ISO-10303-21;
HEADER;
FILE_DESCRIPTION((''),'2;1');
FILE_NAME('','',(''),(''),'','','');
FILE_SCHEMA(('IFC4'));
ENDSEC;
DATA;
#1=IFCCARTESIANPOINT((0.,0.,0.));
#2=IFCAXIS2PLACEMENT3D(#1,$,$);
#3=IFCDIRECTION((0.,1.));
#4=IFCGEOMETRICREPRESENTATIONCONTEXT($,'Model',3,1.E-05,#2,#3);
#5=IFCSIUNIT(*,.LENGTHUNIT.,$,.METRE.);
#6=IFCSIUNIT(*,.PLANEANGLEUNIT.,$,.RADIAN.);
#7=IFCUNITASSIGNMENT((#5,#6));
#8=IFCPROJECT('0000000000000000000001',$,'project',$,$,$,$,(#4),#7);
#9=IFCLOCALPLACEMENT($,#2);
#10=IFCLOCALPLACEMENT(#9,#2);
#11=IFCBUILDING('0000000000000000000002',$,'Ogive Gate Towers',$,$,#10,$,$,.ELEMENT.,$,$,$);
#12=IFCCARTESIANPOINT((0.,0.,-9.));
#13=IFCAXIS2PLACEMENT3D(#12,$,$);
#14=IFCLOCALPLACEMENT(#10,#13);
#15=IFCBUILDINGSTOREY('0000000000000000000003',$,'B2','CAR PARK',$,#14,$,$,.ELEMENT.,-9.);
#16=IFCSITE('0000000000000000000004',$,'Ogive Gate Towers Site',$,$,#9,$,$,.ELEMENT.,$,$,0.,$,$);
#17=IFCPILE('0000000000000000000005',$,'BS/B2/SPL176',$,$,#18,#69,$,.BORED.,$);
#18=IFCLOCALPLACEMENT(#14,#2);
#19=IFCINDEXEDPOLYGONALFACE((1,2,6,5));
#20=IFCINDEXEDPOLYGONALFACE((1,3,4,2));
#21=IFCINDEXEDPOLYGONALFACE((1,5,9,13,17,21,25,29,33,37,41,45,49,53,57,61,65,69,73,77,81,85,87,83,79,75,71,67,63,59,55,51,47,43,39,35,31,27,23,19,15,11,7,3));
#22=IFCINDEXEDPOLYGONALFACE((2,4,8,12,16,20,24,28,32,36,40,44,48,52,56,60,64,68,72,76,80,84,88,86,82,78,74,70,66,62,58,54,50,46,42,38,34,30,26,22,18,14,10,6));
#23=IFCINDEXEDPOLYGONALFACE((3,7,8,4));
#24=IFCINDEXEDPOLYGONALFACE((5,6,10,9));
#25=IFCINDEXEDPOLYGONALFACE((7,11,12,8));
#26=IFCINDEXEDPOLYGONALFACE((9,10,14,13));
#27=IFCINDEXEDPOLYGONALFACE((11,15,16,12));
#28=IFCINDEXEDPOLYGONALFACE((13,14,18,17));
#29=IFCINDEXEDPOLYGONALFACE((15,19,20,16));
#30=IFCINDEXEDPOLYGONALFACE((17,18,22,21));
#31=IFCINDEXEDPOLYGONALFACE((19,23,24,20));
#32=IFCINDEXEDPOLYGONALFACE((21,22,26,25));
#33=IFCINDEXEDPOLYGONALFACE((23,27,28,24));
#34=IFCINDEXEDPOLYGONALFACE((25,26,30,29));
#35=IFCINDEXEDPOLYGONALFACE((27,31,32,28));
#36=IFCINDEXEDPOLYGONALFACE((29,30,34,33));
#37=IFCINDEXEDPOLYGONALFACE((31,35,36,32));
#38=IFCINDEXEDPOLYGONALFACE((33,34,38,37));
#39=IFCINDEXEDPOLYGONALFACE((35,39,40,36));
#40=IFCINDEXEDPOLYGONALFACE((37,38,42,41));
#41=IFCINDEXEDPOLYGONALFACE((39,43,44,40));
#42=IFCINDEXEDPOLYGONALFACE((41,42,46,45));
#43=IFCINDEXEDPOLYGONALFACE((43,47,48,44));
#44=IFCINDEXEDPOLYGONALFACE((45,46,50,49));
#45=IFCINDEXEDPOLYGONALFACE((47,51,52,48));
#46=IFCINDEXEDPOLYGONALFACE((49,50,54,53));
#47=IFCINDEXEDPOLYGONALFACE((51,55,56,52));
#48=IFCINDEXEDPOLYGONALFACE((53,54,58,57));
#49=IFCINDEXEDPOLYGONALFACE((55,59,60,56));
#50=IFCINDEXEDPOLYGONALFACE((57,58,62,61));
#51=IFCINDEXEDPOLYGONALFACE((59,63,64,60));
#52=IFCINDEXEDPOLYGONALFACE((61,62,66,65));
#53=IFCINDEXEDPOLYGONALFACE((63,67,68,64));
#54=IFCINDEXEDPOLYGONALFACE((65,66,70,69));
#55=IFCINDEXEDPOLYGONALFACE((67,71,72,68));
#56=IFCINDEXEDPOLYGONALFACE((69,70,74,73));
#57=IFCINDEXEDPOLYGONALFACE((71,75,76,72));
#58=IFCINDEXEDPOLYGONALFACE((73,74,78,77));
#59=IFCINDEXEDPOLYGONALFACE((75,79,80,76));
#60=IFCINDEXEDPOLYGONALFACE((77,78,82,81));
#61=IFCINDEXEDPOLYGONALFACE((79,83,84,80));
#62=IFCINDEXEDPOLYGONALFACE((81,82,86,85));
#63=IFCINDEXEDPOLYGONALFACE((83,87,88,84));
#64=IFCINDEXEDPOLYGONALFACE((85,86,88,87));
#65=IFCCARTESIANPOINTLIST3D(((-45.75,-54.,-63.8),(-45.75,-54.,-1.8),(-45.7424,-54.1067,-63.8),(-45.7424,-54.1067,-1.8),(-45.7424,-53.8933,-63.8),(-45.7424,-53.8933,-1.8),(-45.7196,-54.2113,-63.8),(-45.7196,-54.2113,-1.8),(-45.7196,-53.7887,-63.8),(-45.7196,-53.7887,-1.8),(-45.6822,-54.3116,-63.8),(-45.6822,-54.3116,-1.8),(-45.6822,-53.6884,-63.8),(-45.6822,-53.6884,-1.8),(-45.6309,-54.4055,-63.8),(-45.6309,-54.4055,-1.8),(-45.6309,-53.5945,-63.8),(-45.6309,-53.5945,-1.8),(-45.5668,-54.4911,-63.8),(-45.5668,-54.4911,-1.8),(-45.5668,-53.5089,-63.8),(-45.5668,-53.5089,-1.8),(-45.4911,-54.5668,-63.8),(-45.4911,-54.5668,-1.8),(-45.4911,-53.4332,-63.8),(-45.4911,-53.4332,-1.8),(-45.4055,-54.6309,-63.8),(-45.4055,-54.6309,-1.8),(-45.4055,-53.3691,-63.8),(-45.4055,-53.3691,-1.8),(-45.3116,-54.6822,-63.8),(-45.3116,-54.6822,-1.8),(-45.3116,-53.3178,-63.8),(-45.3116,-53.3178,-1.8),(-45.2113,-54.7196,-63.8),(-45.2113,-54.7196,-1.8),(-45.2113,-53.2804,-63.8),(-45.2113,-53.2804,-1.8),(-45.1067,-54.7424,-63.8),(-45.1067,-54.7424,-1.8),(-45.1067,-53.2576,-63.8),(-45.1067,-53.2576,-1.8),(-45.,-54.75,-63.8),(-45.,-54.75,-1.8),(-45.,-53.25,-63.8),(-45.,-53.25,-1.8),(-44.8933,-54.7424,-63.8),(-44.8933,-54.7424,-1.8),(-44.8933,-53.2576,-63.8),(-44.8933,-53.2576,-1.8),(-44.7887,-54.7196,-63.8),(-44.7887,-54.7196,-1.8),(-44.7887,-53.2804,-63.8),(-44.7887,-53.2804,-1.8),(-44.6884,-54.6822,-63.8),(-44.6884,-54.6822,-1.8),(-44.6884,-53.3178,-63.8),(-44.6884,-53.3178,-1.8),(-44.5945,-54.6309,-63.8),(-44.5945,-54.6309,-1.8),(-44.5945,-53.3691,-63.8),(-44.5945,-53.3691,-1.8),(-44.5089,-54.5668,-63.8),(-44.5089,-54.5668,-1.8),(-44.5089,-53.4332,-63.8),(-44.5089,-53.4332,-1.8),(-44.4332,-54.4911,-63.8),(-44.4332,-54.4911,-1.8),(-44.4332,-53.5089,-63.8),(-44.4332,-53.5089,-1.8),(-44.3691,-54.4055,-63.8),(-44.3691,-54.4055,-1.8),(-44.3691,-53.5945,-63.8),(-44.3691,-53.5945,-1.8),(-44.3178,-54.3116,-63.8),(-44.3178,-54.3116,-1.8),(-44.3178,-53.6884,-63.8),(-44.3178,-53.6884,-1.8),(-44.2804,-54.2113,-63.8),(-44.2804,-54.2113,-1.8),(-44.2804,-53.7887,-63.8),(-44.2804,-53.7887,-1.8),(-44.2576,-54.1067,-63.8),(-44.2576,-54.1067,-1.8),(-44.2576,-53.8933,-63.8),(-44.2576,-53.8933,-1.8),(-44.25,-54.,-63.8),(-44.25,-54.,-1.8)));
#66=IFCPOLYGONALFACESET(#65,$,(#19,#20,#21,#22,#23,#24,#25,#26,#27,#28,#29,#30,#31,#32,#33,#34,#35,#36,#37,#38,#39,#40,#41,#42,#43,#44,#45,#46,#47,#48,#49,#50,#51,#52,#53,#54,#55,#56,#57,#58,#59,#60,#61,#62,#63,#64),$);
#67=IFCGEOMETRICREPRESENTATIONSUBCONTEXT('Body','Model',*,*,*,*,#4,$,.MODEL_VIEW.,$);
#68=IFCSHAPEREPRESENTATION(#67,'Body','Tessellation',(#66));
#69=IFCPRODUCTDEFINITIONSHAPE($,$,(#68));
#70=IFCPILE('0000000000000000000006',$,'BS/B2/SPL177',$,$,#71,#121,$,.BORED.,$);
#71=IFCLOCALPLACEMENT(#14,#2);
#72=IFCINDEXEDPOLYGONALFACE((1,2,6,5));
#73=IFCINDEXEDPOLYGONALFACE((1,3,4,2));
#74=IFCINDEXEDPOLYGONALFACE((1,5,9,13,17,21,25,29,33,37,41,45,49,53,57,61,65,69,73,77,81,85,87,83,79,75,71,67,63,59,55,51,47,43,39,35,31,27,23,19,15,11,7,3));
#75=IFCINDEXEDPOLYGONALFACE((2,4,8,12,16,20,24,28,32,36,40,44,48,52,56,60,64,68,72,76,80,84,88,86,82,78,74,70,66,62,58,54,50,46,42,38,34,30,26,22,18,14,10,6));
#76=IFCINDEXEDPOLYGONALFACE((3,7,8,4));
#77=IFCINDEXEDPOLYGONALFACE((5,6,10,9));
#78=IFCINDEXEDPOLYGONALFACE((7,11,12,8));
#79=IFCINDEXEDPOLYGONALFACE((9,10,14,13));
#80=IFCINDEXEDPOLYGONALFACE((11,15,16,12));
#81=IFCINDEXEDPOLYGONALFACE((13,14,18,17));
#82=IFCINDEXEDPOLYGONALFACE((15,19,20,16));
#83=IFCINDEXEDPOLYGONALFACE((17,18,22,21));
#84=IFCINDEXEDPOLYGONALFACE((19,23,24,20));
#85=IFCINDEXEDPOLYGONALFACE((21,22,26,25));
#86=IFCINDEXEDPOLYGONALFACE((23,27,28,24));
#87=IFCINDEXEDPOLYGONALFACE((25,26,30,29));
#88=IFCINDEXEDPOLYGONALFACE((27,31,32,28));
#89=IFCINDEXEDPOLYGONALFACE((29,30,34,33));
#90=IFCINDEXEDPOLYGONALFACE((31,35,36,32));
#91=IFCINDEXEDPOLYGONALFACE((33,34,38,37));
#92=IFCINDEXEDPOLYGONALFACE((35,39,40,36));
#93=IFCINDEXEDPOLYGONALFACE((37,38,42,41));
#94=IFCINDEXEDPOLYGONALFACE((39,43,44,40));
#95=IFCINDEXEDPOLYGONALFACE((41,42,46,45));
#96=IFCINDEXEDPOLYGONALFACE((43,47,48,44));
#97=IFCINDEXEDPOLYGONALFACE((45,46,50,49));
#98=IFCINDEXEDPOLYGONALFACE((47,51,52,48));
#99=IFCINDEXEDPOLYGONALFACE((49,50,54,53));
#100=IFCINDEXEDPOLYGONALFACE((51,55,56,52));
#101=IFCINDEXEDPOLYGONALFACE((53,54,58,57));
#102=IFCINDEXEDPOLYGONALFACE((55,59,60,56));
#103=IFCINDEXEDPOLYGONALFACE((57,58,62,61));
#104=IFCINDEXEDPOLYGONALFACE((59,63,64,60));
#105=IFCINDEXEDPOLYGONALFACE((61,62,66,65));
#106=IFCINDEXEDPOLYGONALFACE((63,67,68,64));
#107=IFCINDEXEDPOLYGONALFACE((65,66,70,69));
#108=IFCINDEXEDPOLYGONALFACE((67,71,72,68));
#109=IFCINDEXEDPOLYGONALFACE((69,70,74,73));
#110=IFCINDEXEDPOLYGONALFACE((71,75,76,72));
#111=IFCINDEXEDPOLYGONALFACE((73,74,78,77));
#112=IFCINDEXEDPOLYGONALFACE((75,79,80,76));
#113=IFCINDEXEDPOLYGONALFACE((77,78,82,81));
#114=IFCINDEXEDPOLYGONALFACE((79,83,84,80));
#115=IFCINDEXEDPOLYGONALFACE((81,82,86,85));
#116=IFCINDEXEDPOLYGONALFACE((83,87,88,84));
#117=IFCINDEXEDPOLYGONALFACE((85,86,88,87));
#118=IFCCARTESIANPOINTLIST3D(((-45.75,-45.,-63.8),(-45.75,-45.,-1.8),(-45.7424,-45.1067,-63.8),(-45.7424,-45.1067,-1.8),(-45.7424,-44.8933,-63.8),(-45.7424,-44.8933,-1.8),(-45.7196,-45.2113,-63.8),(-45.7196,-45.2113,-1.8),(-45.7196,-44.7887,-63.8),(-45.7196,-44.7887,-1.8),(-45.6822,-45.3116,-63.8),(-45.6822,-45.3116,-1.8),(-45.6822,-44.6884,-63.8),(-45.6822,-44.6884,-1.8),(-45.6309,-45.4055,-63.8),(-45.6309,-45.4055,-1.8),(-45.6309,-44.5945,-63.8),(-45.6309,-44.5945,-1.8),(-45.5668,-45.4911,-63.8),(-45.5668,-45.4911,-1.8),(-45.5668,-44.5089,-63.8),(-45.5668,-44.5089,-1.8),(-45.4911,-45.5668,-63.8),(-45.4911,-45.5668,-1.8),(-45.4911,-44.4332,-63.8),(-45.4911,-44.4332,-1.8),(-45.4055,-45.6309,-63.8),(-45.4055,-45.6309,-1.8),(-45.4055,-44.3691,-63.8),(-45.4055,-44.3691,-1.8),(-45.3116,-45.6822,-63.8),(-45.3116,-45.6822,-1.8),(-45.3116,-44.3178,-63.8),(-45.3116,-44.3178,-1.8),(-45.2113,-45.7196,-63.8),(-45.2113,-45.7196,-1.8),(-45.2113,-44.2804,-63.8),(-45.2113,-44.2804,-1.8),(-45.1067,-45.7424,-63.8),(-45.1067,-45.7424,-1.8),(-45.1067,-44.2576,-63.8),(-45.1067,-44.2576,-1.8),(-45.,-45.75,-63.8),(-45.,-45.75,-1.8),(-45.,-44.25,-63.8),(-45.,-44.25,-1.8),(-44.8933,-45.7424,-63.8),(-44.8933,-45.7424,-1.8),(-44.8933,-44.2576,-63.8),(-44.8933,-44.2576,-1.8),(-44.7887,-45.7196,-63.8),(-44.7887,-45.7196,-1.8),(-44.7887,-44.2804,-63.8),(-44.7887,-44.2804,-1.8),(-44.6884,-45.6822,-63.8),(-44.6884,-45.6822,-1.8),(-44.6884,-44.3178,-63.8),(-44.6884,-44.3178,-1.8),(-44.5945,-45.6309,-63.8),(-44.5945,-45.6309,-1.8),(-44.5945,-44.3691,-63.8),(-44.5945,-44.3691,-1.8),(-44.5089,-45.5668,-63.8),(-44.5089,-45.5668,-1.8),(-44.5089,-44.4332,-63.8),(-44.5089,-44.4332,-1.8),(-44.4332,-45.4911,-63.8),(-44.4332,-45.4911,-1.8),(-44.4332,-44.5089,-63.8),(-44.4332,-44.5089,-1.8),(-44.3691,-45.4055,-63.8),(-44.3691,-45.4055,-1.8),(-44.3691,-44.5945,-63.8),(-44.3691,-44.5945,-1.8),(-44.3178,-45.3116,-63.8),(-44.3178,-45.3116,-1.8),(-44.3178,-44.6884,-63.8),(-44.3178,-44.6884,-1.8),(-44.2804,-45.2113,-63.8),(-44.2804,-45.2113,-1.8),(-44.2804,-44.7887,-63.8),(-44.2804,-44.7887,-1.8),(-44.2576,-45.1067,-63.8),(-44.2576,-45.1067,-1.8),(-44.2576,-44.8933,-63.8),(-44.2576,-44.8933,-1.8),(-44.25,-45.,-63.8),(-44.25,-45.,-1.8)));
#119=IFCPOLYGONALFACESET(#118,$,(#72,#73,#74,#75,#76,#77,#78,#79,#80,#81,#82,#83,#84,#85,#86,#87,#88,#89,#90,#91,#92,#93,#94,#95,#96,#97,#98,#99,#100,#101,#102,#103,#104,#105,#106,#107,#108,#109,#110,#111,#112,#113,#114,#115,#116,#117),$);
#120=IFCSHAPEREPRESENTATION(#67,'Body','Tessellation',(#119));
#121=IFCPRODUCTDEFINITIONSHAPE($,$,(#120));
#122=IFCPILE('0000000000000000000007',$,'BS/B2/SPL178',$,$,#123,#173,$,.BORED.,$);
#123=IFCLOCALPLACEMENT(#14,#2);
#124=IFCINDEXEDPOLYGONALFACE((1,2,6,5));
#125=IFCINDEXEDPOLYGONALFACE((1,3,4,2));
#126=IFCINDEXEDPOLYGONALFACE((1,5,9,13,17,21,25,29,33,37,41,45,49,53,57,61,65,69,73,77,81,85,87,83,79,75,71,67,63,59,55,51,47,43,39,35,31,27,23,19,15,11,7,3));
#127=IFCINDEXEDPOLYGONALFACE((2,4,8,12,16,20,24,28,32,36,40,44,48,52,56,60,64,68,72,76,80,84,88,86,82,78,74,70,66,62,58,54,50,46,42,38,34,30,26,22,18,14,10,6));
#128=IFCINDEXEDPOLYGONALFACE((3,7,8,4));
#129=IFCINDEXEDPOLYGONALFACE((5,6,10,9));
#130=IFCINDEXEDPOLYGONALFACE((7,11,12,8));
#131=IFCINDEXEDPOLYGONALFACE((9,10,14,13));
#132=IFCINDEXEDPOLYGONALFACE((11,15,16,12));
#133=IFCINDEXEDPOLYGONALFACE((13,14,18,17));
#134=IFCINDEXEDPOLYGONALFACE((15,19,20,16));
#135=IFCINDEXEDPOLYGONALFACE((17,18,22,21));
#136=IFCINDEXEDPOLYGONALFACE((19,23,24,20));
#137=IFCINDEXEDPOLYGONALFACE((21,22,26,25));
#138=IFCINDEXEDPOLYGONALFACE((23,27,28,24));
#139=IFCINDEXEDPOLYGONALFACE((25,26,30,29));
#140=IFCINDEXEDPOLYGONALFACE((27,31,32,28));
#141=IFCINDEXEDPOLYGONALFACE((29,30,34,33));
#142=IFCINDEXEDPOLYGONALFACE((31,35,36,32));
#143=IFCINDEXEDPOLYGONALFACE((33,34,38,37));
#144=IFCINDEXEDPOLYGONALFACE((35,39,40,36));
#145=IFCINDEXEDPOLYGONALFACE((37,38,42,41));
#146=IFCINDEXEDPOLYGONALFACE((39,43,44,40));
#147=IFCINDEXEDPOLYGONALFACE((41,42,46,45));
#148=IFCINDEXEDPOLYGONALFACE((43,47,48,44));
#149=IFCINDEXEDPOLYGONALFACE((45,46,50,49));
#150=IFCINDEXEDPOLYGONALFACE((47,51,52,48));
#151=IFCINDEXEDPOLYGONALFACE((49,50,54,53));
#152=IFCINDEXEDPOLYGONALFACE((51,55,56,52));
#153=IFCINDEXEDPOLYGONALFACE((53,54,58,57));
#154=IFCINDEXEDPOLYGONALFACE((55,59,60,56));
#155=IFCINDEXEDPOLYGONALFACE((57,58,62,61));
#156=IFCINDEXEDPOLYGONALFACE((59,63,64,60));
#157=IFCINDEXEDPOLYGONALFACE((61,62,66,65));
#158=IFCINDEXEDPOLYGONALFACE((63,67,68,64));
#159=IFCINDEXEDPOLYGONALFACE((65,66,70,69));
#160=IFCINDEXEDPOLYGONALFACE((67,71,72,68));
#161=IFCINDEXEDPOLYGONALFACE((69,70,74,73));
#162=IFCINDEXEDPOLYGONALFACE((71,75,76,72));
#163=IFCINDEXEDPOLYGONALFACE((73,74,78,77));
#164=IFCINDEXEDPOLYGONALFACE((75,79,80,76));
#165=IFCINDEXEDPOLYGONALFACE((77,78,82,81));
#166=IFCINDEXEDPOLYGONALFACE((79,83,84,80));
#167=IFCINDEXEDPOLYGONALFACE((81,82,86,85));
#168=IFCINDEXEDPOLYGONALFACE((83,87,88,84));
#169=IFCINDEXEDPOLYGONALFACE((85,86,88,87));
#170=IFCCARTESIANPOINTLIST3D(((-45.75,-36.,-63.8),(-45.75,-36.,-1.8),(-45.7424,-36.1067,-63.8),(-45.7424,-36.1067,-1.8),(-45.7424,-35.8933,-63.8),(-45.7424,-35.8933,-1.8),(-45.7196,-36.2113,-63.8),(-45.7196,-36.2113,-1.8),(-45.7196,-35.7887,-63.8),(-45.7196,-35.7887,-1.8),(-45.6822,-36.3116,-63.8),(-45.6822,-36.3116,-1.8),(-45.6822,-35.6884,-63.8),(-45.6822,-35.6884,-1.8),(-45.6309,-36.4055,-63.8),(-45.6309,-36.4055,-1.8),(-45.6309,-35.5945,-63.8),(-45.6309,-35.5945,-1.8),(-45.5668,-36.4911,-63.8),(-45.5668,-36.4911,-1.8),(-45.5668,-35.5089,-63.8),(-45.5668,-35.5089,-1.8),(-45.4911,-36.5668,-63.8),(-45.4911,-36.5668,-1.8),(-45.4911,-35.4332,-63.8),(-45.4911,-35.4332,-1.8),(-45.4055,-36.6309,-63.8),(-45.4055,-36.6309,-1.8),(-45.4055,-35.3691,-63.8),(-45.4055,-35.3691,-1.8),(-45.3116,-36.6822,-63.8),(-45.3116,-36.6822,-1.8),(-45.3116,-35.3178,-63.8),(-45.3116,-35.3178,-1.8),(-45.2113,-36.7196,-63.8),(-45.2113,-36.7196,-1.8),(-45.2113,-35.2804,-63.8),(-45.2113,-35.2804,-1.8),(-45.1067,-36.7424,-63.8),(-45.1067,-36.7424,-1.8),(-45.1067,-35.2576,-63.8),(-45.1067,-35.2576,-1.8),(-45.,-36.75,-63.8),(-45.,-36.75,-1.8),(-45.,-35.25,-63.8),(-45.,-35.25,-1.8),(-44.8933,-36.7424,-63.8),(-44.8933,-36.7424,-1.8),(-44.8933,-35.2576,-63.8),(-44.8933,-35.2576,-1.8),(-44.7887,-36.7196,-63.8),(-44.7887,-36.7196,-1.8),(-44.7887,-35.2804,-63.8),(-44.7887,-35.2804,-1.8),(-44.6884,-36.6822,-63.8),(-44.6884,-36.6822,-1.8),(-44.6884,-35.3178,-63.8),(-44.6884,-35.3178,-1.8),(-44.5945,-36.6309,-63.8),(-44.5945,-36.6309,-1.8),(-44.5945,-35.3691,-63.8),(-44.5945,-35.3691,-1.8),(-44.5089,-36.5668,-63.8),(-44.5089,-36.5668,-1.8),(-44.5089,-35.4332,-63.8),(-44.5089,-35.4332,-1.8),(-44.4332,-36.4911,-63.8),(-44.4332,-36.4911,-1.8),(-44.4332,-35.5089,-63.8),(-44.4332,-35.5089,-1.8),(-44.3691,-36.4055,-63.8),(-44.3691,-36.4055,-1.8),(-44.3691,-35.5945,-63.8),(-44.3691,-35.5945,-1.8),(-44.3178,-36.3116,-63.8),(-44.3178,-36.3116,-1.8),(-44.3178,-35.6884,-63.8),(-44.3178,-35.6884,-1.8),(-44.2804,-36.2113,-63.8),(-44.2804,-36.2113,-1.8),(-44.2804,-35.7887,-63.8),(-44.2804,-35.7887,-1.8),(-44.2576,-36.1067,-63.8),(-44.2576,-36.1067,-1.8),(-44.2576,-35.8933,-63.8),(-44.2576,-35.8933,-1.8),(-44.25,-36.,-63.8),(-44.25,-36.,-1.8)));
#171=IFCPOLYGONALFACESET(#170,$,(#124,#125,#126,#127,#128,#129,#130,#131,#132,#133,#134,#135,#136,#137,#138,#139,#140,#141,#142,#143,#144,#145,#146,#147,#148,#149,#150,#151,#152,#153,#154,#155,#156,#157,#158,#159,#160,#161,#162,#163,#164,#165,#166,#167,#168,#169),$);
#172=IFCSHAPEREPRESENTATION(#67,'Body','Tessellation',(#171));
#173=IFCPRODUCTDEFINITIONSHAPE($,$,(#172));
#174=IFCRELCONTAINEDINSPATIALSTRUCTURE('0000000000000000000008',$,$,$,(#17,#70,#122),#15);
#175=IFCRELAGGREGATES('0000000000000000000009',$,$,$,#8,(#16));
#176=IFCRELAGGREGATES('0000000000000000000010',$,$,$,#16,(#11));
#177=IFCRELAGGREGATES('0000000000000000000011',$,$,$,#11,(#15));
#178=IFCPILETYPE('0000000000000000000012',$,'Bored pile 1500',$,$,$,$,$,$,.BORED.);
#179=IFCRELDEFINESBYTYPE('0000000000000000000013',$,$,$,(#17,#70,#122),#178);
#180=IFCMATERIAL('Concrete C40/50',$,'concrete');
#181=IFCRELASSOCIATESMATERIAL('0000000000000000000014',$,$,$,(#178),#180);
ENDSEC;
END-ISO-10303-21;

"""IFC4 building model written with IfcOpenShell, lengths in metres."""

from ifc_helpers import new_model, si_unit, direction, frame, origin, origin_2d, place, context, subcontext, project, spatial, circle, extrude, material, material_profile, profile_set, type_object, element, save


model = new_model("IFC4")

# Units and contexts
model_context = context("Model", 3, precision=1e-05, world=origin(), true_north=direction((0.0, 1.0)))
body_context = subcontext(model_context, "Body", "Model", "MODEL_VIEW")
ifc_project = project(units=[si_unit("LENGTHUNIT", "METRE"), si_unit("PLANEANGLEUNIT", "RADIAN")], contexts=[model_context])

# Site, building, storey
site_placement = place(None, origin())
site = spatial("IfcSite", under=ifc_project, at=site_placement, Name="Ogive Gate Towers Site", CompositionType="ELEMENT", RefElevation=0.0)
building_placement = place(site_placement, origin())
building = spatial("IfcBuilding", under=site, at=building_placement, Name="Ogive Gate Towers", CompositionType="ELEMENT")
storey_placement = place(building_placement, frame((0.0, 0.0, -9.0)))
storey = spatial("IfcBuildingStorey", under=building, at=storey_placement, Name="B2", Description="CAR PARK", CompositionType="ELEMENT", Elevation=-9.0)

# Piles
ifc_material_1 = material(Name="Concrete C40/50", Category="concrete")
ifc_material_profile_1 = material_profile(ifc_material_1, circle(Radius=0.75, at=origin_2d()), Name="BP 1500")
ifc_profile_set_1 = profile_set([ifc_material_profile_1], Name="Concrete C40/50")
pile_type = type_object("IfcPileType", Name="Bored pile 1500", PredefinedType="BORED", material=ifc_profile_set_1)
for number, where, z_axis, x_axis, name in (
    (1, (-45.0, -54.0, -1.8), (0.0, 0.0, -1.0), (1.0, 0.0, 0.0), "BS/B2/SPL176"),
    (2, (-45.0, -45.0, -1.8), (0.0, 0.0, -1.0), (1.0, 0.0, 0.0), "BS/B2/SPL177"),
    (3, (-45.0, -36.0, -1.8), (0.0, 0.0, -1.0), (1.0, 0.0, 0.0), "BS/B2/SPL178"),
):
    element("IfcPile", number, at=place(storey_placement, frame(where, z_axis=z_axis, x_axis=x_axis)), inside=storey, type_object=pile_type, Name=name, PredefinedType="BORED", context=body_context, shape_type="SweptSolid", body=[
        extrude(circle(Radius=0.75, at=origin_2d()), origin(), (0.0, 0.0, 1.0), 62.0),
    ])

save(model, "model.ifc")
